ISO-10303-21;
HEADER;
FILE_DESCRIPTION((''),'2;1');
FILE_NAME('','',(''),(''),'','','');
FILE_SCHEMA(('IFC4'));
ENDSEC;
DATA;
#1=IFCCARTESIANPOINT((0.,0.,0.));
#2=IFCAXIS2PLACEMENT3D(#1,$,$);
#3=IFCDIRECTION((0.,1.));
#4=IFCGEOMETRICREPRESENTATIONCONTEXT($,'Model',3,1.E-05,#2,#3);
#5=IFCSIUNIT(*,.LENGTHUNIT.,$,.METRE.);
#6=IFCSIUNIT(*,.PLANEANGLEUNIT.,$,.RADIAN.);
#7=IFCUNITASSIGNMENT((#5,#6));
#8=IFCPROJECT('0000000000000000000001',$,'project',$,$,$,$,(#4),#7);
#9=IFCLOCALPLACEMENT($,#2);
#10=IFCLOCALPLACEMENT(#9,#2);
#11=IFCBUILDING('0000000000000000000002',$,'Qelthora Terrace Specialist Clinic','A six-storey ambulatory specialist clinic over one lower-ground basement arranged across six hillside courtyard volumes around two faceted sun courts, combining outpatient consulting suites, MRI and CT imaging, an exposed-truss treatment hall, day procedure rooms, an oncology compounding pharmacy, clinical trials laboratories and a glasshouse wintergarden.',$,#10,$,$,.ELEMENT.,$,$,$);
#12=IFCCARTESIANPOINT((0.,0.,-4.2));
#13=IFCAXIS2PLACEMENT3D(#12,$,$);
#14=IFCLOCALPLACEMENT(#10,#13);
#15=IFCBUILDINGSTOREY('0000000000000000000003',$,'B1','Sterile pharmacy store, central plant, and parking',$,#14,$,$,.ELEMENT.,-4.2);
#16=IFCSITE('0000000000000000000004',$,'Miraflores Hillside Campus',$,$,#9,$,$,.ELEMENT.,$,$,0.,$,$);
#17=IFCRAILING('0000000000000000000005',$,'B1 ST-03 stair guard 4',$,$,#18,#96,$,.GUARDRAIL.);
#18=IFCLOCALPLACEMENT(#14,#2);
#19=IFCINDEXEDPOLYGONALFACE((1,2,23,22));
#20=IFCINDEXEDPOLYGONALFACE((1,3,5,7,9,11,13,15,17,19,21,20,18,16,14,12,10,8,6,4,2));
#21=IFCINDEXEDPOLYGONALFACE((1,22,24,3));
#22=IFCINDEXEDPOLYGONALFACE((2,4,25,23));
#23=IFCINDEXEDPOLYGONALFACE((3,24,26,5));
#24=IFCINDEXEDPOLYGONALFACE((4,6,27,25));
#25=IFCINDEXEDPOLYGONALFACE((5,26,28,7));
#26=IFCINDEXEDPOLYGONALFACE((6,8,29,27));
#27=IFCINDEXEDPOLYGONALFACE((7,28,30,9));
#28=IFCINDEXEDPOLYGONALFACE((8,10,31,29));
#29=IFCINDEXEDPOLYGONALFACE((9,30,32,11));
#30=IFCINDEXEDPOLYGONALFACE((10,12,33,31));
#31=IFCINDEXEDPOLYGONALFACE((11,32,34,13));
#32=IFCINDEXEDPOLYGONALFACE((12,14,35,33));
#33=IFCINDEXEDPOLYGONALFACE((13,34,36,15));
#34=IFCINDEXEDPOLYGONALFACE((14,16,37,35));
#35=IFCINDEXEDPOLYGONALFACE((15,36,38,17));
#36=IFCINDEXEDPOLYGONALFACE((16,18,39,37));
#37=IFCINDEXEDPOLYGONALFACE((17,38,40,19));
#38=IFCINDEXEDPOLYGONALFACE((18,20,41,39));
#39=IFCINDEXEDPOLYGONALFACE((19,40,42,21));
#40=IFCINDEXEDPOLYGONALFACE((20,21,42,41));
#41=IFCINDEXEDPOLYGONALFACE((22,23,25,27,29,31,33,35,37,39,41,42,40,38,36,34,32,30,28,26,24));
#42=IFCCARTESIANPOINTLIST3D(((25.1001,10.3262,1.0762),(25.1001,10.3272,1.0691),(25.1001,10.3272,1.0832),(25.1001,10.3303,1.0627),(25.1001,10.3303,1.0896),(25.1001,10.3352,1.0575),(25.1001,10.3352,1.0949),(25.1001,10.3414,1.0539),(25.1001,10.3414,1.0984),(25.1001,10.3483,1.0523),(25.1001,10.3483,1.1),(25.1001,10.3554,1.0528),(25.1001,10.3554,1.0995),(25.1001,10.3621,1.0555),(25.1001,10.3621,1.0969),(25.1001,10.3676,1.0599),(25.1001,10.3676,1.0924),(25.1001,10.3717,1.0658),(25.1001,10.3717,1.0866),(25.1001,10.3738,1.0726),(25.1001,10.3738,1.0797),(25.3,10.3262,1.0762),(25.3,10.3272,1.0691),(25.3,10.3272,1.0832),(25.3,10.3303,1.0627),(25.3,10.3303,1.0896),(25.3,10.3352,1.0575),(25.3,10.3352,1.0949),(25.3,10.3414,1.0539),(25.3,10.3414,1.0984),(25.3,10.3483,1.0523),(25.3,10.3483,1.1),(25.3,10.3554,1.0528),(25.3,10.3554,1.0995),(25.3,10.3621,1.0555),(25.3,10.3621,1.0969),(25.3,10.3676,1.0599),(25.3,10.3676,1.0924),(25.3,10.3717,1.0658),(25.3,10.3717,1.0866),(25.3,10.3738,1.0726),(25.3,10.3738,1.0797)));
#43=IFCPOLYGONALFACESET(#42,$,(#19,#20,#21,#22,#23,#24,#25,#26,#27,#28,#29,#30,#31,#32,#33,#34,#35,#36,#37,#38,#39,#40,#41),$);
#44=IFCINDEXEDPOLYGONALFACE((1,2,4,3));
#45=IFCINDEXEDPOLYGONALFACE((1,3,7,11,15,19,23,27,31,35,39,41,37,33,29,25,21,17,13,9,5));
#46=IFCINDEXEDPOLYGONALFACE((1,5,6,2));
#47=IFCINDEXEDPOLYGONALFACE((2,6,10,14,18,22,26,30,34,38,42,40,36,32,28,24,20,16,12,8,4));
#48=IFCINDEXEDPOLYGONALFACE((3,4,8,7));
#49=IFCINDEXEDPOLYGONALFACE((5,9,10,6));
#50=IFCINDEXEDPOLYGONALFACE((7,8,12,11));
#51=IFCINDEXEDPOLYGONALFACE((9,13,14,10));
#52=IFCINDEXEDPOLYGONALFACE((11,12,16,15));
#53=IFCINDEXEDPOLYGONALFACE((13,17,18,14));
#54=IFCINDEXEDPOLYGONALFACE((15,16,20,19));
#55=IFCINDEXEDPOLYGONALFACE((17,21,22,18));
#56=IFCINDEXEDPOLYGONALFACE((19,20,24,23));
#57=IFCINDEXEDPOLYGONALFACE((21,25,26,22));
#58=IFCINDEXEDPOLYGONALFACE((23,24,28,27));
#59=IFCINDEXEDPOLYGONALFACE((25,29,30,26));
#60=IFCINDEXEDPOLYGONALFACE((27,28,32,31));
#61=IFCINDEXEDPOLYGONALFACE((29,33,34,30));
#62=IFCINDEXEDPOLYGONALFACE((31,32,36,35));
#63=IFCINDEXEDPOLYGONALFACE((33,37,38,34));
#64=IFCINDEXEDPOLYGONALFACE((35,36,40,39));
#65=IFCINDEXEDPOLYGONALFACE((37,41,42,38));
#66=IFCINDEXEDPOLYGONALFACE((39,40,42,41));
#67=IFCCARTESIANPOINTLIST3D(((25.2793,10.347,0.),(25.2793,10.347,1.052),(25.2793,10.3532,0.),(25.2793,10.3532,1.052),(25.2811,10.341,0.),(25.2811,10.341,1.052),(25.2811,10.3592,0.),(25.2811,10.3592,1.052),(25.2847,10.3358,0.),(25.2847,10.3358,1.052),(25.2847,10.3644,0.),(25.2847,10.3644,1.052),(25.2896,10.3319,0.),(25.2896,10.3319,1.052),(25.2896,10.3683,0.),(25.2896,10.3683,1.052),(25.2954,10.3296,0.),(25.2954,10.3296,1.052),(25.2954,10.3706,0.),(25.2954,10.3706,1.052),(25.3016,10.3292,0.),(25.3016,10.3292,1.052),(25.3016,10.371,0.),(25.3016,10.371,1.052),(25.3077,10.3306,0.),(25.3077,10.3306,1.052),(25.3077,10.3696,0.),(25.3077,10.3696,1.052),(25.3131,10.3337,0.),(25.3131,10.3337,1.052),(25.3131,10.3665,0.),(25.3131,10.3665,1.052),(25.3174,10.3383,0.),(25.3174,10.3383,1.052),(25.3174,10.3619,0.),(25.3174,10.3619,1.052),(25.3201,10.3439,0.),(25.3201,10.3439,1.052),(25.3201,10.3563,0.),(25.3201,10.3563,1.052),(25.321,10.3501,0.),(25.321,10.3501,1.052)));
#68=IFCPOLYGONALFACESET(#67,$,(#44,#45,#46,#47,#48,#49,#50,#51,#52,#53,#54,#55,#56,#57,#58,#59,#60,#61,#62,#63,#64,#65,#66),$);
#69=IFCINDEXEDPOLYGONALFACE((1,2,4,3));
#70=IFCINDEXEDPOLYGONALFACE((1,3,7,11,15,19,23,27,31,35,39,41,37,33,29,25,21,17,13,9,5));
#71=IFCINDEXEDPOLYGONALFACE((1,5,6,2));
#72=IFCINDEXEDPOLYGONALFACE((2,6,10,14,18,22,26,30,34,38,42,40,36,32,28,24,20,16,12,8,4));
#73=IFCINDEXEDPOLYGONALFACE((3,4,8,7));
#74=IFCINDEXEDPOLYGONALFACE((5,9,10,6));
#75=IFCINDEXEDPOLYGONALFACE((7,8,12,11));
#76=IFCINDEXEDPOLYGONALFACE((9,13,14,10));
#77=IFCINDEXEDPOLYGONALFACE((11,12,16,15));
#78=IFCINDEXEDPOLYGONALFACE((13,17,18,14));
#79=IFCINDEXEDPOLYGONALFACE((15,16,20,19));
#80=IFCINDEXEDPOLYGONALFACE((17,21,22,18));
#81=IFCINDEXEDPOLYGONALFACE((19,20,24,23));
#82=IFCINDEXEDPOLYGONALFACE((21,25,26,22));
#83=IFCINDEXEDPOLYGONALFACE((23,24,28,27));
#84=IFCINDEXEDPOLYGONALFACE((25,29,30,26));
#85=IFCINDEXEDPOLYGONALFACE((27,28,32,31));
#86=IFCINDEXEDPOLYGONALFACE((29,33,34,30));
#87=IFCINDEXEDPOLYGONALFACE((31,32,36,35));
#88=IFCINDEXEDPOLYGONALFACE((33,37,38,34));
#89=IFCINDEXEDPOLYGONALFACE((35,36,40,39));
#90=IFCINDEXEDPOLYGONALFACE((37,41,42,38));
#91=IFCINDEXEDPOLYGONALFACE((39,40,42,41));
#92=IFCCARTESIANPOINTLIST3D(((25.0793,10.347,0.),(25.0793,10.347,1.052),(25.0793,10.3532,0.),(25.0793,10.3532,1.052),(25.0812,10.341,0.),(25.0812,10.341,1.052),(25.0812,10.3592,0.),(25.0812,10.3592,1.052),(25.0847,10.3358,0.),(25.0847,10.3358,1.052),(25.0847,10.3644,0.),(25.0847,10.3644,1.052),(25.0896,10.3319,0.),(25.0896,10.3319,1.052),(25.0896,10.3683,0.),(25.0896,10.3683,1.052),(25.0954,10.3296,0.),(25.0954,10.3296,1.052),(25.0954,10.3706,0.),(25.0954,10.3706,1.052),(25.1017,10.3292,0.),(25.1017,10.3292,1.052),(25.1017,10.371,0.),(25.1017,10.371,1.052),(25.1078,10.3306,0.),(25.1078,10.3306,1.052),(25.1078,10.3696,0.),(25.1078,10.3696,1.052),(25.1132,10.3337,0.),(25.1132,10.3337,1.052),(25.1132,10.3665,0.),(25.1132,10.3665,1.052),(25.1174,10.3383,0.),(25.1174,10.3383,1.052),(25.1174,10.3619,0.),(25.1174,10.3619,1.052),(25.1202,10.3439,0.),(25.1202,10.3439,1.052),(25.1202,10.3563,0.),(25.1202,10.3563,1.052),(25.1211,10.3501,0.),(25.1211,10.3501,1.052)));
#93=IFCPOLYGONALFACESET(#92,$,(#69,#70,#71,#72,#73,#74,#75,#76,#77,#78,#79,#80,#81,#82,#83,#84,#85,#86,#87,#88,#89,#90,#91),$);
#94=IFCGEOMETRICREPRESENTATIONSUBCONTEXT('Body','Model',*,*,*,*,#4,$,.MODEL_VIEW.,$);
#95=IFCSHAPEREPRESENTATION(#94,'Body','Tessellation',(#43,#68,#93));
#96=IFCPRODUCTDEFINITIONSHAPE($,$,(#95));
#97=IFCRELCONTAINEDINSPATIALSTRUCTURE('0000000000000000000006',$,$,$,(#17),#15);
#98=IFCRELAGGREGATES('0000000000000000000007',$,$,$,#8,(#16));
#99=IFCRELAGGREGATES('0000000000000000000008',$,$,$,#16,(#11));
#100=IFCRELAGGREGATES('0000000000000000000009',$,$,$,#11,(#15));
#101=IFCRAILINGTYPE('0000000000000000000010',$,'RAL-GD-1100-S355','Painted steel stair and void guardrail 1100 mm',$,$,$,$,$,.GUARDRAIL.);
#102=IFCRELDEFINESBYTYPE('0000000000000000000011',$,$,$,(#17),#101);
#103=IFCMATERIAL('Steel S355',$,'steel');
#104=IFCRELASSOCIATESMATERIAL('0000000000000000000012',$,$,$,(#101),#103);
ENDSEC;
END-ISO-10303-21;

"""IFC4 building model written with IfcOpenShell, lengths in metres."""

from ifc_helpers import new_model, si_unit, direction, frame, origin, origin_2d, place, context, subcontext, project, spatial, circle, extrude, material, type_object, element, save


model = new_model("IFC4")

# Units and contexts
model_context = context("Model", 3, precision=1e-05, world=origin(), true_north=direction((0.0, 1.0)))
body_context = subcontext(model_context, "Body", "Model", "MODEL_VIEW")
ifc_project = project(units=[si_unit("LENGTHUNIT", "METRE"), si_unit("PLANEANGLEUNIT", "RADIAN")], contexts=[model_context])

# Site, building, storey
site_placement = place(None, origin())
site = spatial("IfcSite", under=ifc_project, at=site_placement, Name="Miraflores Hillside Campus", CompositionType="ELEMENT", RefElevation=0.0)
building_placement = place(site_placement, origin())
building = spatial("IfcBuilding", under=site, at=building_placement, Name="Qelthora Terrace Specialist Clinic", Description="A six-storey ambulatory specialist clinic over one lower-ground basement arranged across six hillside courtyard volumes around two faceted sun courts, combining outpatient consulting suites, MRI and CT imaging, an exposed-truss treatment hall, day procedure rooms, an oncology compounding pharmacy, clinical trials laboratories and a glasshouse wintergarden.", CompositionType="ELEMENT")
storey_placement = place(building_placement, frame((0.0, 0.0, -4.2)))
storey = spatial("IfcBuildingStorey", under=building, at=storey_placement, Name="B1", Description="Sterile pharmacy store, central plant, and parking", CompositionType="ELEMENT", Elevation=-4.2)

# Shared definitions
ifc_material_1 = material(Name="Steel S355", Category="steel")

# Railing
railing_type_1 = type_object("IfcRailingType", Name="RAL-GD-1100-S355", Description="Painted steel stair and void guardrail 1100 mm", PredefinedType="GUARDRAIL", material=ifc_material_1)
railing_1_placement = place(storey_placement, frame((25.3, 10.3501, 0.0)))
element("IfcRailing", 1, at=railing_1_placement, inside=storey, type_object=railing_type_1, Name="B1 ST-03 stair guard 4", PredefinedType="GUARDRAIL", context=body_context, shape_type="SweptSolid", body=[
    extrude(circle(Radius=0.0239, at=origin_2d()), frame((0.0, 0.0, 1.0762), z_axis=(-1.0, 0.0, 0.0), x_axis=(0.0, -1.0, 0.0)), (0.0, 0.0, 1.0), 0.2),
    extrude(circle(Radius=0.021, at=origin_2d()), origin(), (0.0, 0.0, 1.0), 1.052),
    extrude(circle(Radius=0.021, at=origin_2d()), frame((-0.2, 0.0, 0.0)), (0.0, 0.0, 1.0), 1.052),
])

save(model, "model.ifc")
